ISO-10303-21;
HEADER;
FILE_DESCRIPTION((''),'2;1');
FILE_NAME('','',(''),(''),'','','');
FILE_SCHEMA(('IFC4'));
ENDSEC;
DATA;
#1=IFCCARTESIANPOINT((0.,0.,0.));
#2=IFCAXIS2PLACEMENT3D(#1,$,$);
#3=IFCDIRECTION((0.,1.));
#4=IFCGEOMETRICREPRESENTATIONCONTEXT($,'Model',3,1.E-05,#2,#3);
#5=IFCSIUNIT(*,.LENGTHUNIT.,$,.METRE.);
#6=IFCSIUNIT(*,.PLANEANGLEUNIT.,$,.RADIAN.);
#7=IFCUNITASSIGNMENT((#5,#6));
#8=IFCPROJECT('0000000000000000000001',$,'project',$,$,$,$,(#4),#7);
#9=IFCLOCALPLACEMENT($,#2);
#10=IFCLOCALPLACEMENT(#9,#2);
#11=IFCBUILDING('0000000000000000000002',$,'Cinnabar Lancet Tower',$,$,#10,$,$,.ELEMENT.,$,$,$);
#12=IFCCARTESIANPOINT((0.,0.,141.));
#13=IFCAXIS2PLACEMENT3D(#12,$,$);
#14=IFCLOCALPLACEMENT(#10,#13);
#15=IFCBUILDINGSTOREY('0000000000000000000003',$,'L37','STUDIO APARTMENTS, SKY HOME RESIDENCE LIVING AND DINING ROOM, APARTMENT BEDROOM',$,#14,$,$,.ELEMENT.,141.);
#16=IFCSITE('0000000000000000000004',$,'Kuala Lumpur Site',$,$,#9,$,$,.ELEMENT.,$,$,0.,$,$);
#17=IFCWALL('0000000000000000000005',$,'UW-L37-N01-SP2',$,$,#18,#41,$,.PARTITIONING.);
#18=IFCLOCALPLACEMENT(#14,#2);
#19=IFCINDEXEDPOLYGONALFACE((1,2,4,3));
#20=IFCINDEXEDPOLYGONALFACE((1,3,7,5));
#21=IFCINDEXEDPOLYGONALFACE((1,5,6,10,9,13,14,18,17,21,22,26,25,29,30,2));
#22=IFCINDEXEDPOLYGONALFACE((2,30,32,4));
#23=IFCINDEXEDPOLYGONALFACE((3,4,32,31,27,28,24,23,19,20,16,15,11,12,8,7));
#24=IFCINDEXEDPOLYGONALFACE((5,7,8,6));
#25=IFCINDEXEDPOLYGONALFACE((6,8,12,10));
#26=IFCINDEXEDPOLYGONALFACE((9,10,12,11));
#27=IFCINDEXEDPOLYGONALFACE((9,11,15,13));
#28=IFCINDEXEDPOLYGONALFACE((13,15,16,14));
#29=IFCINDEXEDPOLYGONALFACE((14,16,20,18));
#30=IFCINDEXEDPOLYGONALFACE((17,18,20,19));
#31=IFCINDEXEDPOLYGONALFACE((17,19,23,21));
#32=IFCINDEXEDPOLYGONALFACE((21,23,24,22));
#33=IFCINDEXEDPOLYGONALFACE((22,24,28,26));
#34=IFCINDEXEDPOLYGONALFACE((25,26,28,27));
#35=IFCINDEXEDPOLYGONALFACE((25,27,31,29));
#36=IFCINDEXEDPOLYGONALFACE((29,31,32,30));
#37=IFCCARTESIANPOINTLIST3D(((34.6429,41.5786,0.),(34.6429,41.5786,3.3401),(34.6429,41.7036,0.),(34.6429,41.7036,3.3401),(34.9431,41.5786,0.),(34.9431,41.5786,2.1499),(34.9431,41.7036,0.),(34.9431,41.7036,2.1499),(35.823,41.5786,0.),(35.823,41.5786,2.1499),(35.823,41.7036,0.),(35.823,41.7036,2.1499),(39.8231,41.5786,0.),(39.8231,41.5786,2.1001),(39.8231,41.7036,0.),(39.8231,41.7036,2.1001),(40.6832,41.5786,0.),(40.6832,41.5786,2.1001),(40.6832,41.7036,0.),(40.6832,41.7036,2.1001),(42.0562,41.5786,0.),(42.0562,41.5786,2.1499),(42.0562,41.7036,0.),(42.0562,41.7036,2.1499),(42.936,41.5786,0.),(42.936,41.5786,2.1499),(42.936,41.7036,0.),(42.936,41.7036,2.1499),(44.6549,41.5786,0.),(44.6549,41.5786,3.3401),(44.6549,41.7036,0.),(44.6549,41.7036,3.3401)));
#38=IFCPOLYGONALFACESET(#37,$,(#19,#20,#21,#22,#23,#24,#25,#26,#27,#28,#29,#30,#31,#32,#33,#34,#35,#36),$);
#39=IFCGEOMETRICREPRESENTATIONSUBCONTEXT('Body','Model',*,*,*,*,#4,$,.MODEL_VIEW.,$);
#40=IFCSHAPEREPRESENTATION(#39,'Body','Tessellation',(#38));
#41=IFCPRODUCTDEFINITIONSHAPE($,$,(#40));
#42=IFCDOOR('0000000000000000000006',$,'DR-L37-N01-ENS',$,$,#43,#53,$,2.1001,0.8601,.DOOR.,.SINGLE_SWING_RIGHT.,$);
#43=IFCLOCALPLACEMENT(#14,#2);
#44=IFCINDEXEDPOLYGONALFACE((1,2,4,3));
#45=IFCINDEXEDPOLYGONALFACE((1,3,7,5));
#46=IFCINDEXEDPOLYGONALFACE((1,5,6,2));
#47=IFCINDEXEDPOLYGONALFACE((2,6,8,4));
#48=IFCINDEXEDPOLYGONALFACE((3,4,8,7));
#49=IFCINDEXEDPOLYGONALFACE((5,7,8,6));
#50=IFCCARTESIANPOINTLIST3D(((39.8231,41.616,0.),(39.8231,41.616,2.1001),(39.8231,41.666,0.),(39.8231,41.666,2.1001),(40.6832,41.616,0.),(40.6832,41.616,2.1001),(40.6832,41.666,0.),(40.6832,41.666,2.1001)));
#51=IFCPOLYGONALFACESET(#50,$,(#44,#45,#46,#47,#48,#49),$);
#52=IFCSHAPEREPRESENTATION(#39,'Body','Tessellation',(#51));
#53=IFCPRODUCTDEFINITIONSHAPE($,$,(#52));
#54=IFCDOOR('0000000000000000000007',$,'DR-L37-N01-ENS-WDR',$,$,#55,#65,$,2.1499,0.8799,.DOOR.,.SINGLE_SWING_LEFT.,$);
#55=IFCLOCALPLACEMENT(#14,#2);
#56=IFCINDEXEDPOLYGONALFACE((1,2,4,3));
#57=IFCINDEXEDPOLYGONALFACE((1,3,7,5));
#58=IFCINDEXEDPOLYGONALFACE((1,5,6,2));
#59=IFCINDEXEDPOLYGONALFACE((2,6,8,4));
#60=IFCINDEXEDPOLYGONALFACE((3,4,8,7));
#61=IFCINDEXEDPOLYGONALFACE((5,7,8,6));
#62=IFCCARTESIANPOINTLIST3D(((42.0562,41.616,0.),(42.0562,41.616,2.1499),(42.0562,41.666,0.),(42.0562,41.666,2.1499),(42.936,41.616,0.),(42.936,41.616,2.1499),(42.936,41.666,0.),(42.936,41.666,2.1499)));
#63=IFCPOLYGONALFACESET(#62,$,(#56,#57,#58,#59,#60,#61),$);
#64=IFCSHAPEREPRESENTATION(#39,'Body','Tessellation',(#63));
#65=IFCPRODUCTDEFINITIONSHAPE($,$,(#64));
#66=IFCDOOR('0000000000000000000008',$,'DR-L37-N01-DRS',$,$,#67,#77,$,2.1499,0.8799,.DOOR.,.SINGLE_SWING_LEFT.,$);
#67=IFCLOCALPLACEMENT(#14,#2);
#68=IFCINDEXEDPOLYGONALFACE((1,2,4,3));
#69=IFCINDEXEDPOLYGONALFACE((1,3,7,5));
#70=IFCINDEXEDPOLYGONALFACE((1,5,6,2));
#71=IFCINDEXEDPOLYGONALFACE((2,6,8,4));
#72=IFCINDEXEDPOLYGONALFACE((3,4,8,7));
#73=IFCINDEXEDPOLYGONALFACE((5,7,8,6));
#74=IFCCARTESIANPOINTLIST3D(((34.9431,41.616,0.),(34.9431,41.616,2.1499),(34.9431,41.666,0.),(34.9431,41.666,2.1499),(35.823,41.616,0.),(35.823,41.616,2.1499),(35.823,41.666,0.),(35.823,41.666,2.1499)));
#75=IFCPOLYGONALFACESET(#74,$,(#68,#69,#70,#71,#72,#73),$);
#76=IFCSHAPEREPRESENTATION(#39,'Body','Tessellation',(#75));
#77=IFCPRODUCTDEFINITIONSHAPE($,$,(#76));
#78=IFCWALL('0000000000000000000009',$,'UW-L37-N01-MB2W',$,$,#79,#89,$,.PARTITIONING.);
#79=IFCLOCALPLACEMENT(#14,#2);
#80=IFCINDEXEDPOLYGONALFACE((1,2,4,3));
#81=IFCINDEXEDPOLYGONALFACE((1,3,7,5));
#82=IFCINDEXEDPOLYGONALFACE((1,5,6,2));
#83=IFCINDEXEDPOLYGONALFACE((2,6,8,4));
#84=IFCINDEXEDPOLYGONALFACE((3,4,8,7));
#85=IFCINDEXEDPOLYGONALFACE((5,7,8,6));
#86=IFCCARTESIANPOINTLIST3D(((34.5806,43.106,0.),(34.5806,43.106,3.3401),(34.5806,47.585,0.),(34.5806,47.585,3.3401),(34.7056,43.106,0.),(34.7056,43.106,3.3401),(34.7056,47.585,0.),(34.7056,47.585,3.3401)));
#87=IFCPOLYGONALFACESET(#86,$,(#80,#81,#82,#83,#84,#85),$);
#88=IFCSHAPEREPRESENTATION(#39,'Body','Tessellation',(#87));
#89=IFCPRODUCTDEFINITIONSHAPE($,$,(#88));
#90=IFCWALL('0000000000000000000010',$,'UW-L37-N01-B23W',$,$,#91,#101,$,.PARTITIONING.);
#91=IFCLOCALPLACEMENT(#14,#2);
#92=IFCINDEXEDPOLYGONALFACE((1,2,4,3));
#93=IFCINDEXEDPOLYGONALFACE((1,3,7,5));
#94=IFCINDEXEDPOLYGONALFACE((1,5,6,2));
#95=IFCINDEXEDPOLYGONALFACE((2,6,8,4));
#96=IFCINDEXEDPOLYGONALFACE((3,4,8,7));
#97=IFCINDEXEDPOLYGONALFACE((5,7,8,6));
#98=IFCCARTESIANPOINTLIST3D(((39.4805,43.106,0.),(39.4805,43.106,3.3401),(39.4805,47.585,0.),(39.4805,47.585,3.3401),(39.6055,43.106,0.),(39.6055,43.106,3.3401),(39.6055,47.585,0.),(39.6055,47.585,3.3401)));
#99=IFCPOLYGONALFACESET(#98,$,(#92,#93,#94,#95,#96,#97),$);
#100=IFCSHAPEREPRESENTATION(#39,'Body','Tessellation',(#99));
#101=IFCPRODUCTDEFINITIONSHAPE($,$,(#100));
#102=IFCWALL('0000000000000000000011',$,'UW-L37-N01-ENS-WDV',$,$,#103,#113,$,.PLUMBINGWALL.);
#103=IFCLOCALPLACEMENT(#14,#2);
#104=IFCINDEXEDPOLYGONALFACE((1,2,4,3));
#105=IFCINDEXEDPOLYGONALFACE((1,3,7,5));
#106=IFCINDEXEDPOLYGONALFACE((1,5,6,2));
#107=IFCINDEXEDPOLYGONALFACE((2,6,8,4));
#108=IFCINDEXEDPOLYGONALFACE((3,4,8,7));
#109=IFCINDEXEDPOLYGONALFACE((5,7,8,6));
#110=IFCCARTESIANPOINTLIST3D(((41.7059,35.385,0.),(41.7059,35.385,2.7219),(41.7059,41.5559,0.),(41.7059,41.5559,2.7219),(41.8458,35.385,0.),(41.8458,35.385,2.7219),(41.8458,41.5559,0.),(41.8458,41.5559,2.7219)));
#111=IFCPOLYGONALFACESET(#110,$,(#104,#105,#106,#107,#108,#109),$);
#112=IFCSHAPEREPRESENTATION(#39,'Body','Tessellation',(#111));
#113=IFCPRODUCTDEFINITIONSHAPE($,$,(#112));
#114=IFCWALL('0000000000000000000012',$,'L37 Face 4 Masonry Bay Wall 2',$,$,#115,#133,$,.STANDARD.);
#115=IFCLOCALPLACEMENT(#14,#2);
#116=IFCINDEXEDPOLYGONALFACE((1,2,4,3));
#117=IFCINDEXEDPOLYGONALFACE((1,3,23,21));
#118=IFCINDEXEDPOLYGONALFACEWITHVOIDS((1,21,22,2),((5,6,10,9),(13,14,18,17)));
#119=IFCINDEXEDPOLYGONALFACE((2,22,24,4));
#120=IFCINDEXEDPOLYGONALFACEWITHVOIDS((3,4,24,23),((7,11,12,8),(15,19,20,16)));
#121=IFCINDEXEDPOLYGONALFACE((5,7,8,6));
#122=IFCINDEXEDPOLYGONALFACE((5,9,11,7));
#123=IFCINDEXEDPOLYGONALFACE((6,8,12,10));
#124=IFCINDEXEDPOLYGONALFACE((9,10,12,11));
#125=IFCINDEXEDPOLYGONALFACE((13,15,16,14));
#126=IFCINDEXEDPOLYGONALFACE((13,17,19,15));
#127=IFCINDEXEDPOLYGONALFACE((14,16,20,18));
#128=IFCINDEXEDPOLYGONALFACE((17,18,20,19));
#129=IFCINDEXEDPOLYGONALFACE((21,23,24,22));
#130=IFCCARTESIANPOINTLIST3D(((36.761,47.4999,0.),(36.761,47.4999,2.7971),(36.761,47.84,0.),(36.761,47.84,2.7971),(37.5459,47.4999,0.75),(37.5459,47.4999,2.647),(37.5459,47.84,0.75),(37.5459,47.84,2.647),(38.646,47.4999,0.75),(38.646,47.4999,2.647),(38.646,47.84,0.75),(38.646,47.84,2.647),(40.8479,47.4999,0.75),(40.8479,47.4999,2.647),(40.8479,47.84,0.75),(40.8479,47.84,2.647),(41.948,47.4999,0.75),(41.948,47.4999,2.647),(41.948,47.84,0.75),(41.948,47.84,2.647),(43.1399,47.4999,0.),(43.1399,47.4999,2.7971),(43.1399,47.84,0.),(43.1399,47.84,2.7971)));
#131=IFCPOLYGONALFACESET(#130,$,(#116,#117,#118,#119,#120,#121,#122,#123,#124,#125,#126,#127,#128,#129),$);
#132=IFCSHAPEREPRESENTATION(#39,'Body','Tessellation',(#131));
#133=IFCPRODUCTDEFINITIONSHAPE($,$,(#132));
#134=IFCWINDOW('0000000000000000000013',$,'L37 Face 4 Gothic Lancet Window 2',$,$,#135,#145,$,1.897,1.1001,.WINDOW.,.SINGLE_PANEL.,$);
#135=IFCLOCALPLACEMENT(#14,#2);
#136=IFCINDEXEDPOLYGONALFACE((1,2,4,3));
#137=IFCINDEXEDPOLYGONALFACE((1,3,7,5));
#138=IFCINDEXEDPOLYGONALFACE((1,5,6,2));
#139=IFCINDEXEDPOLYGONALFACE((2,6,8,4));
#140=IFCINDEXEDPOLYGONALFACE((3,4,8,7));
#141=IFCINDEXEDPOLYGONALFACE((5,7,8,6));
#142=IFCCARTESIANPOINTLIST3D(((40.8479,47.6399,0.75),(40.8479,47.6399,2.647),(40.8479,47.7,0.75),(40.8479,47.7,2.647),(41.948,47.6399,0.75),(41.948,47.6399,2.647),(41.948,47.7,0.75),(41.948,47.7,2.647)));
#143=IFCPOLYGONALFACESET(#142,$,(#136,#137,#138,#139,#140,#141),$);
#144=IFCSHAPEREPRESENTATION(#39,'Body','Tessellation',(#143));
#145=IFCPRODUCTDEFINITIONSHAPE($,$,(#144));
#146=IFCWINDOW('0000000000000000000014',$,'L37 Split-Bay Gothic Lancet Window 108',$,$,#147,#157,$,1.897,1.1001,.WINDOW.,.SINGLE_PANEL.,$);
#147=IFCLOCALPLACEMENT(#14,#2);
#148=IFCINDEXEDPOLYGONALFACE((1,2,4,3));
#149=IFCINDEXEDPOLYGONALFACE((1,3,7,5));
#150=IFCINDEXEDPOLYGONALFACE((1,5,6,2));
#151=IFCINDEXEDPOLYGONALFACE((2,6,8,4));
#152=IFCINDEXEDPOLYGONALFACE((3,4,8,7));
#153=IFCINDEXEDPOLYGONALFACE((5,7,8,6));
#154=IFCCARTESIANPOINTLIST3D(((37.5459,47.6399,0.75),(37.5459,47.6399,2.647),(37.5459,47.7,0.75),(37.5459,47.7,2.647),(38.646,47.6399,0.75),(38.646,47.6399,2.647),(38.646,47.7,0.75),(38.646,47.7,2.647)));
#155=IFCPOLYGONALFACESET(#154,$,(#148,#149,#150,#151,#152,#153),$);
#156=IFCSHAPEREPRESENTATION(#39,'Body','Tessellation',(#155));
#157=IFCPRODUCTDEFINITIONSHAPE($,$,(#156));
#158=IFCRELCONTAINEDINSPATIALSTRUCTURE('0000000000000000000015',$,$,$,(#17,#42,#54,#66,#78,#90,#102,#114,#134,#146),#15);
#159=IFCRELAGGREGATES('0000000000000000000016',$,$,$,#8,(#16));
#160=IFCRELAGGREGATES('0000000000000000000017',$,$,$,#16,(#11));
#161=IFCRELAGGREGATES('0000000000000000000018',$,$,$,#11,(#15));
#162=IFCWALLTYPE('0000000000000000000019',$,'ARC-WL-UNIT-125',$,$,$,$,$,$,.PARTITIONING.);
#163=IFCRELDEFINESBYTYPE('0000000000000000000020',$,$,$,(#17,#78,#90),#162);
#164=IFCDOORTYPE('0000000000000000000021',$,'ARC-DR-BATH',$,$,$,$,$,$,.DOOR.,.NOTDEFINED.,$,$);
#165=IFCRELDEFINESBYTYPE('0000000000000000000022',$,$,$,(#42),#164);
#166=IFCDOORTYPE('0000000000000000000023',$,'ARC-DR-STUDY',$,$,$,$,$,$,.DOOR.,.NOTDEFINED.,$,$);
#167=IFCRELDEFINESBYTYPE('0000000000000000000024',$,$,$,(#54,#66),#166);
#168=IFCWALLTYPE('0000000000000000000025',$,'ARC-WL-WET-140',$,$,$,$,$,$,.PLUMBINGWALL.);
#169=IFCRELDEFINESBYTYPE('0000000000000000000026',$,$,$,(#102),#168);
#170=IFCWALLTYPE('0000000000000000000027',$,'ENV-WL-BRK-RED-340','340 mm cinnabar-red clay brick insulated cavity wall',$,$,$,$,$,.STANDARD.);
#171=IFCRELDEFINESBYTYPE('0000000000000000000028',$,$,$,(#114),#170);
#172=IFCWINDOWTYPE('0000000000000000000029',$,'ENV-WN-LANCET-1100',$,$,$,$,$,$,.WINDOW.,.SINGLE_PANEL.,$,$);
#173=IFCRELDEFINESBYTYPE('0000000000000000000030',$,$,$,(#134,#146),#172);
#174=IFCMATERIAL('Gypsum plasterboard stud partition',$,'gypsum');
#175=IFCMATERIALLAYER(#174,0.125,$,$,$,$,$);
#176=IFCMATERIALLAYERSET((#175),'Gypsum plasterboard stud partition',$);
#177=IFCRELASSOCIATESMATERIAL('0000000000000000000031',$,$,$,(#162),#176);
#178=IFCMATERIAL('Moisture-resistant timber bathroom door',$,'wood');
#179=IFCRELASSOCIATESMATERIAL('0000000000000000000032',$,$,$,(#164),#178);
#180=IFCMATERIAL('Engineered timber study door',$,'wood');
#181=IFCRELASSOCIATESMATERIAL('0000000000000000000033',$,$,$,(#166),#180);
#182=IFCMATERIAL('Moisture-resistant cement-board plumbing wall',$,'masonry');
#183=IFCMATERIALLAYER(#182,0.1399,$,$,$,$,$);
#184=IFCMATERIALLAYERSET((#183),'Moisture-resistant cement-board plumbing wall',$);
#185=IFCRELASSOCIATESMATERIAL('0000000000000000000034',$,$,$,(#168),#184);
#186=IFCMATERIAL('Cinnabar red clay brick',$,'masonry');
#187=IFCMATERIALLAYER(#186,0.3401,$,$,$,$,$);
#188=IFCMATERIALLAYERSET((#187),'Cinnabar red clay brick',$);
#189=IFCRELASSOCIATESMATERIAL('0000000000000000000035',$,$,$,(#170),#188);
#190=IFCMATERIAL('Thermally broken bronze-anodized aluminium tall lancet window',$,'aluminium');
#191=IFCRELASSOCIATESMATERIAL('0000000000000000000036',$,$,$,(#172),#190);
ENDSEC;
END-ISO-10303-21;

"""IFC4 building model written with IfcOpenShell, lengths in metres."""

from ifc_helpers import new_model, si_unit, direction, frame, frame_2d, origin, place, context, subcontext, project, spatial, rectangle, extrude, material, layer, layer_set, type_object, element, fill, save


model = new_model("IFC4")

# Units and contexts
model_context = context("Model", 3, precision=1e-05, world=origin(), true_north=direction((0.0, 1.0)))
body_context = subcontext(model_context, "Body", "Model", "MODEL_VIEW")
ifc_project = project(units=[si_unit("LENGTHUNIT", "METRE"), si_unit("PLANEANGLEUNIT", "RADIAN")], contexts=[model_context])

# Site, building, storey
site_placement = place(None, origin())
site = spatial("IfcSite", under=ifc_project, at=site_placement, Name="Kuala Lumpur Site", CompositionType="ELEMENT", RefElevation=0.0)
building_placement = place(site_placement, origin())
building = spatial("IfcBuilding", under=site, at=building_placement, Name="Cinnabar Lancet Tower", CompositionType="ELEMENT")
storey_placement = place(building_placement, frame((0.0, 0.0, 141.0)))
storey = spatial("IfcBuildingStorey", under=building, at=storey_placement, Name="L37", Description="STUDIO APARTMENTS, SKY HOME RESIDENCE LIVING AND DINING ROOM, APARTMENT BEDROOM", CompositionType="ELEMENT", Elevation=141.0)

# Wall, openings, doors
ifc_material_1 = material(Name="Gypsum plasterboard stud partition", Category="gypsum")
ifc_layer_1 = layer(ifc_material_1, 0.125)
ifc_layer_set_1 = layer_set([ifc_layer_1], Name="Gypsum plasterboard stud partition")
wall_type_1 = type_object("IfcWallType", Name="ARC-WL-UNIT-125", PredefinedType="PARTITIONING", material=ifc_layer_set_1)
wall_1_placement = place(storey_placement, frame((34.6431, 41.6411, 0.0), z_axis=(0.0, 0.0, 1.0), x_axis=(1.0, 0.0, 0.0)))
wall_1 = element("IfcWall", 1, at=wall_1_placement, inside=storey, type_object=wall_type_1, Name="UW-L37-N01-SP2", PredefinedType="PARTITIONING", context=body_context, shape_type="SweptSolid", body=[
    extrude(rectangle(XDim=10.012, YDim=0.125, at=frame_2d((5.0059, 0.0))), origin(), (0.0, 0.0, 1.0), 3.3401),
])
opening_1_placement = place(wall_1_placement, frame((5.1799, 0.0, 0.0)))
opening_1 = element("IfcOpeningElement", 2, at=opening_1_placement, cuts=wall_1, PredefinedType="OPENING", context=body_context, shape_type="SweptSolid", body=[
    extrude(rectangle(XDim=0.8601, YDim=2.1001, at=frame_2d((0.4302, 1.05))), frame((0.0, 0.0725, 0.0), z_axis=(0.0, -1.0, 0.0), x_axis=(1.0, 0.0, 0.0)), (0.0, 0.0, 1.0), 0.145),
])
opening_2_placement = place(wall_1_placement, frame((7.4131, 0.0, 0.0)))
opening_2 = element("IfcOpeningElement", 3, at=opening_2_placement, cuts=wall_1, PredefinedType="OPENING", context=body_context, shape_type="SweptSolid", body=[
    extrude(rectangle(XDim=0.8799, YDim=2.1499, at=frame_2d((0.4399, 1.075))), frame((0.0, 0.0725, 0.0), z_axis=(0.0, -1.0, 0.0), x_axis=(1.0, 0.0, 0.0)), (0.0, 0.0, 1.0), 0.145),
])
opening_3_placement = place(wall_1_placement, frame((0.3, 0.0, 0.0)))
opening_3 = element("IfcOpeningElement", 4, at=opening_3_placement, cuts=wall_1, PredefinedType="OPENING", context=body_context, shape_type="SweptSolid", body=[
    extrude(rectangle(XDim=0.8799, YDim=2.1499, at=frame_2d((0.4399, 1.075))), frame((0.0, 0.0725, 0.0), z_axis=(0.0, -1.0, 0.0), x_axis=(1.0, 0.0, 0.0)), (0.0, 0.0, 1.0), 0.145),
])
ifc_material_2 = material(Name="Moisture-resistant timber bathroom door", Category="wood")
door_type_1 = type_object("IfcDoorType", Name="ARC-DR-BATH", OperationType="NOTDEFINED", PredefinedType="DOOR", material=ifc_material_2)
door_1_placement = place(opening_1_placement, origin())
door_1 = element("IfcDoor", 5, at=door_1_placement, inside=storey, type_object=door_type_1, Name="DR-L37-N01-ENS", OperationType="SINGLE_SWING_RIGHT", OverallHeight=2.1001, OverallWidth=0.8601, PredefinedType="DOOR", context=body_context, shape_type="SweptSolid", body=[
    extrude(rectangle(XDim=0.8601, YDim=2.1001, at=frame_2d((0.4302, 1.05))), frame((0.0, 0.0249, 0.0), z_axis=(0.0, -1.0, 0.0), x_axis=(1.0, 0.0, 0.0)), (0.0, 0.0, 1.0), 0.05),
])
fill(opening_1, door_1)
ifc_material_3 = material(Name="Engineered timber study door", Category="wood")
door_type_2 = type_object("IfcDoorType", Name="ARC-DR-STUDY", OperationType="NOTDEFINED", PredefinedType="DOOR", material=ifc_material_3)
door_2_placement = place(opening_2_placement, origin())
door_2 = element("IfcDoor", 6, at=door_2_placement, inside=storey, type_object=door_type_2, Name="DR-L37-N01-ENS-WDR", OperationType="SINGLE_SWING_LEFT", OverallHeight=2.1499, OverallWidth=0.8799, PredefinedType="DOOR", context=body_context, shape_type="SweptSolid", body=[
    extrude(rectangle(XDim=0.8799, YDim=2.1499, at=frame_2d((0.4399, 1.075))), frame((0.0, 0.0249, 0.0), z_axis=(0.0, -1.0, 0.0), x_axis=(1.0, 0.0, 0.0)), (0.0, 0.0, 1.0), 0.05),
])
fill(opening_2, door_2)
door_3_placement = place(opening_3_placement, origin())
door_3 = element("IfcDoor", 7, at=door_3_placement, inside=storey, type_object=door_type_2, Name="DR-L37-N01-DRS", OperationType="SINGLE_SWING_LEFT", OverallHeight=2.1499, OverallWidth=0.8799, PredefinedType="DOOR", context=body_context, shape_type="SweptSolid", body=[
    extrude(rectangle(XDim=0.8799, YDim=2.1499, at=frame_2d((0.4399, 1.075))), frame((0.0, 0.0249, 0.0), z_axis=(0.0, -1.0, 0.0), x_axis=(1.0, 0.0, 0.0)), (0.0, 0.0, 1.0), 0.05),
])
fill(opening_3, door_3)

# Walls
for number, where, z_axis, x_axis, name in (
    (8, (34.6431, 43.106, 0.0), (0.0, 0.0, 1.0), (0.0, 1.0, 0.0), "UW-L37-N01-MB2W"),
    (9, (39.543, 43.106, 0.0), (0.0, 0.0, 1.0), (0.0, 1.0, 0.0), "UW-L37-N01-B23W"),
):
    element("IfcWall", number, at=place(storey_placement, frame(where, z_axis=z_axis, x_axis=x_axis)), inside=storey, type_object=wall_type_1, Name=name, PredefinedType="PARTITIONING", context=body_context, shape_type="SweptSolid", body=[
        extrude(rectangle(XDim=4.479, YDim=0.125, at=frame_2d((2.2395, 0.0))), origin(), (0.0, 0.0, 1.0), 3.3401),
    ])
ifc_material_4 = material(Name="Moisture-resistant cement-board plumbing wall", Category="masonry")
ifc_layer_2 = layer(ifc_material_4, 0.1399)
ifc_layer_set_2 = layer_set([ifc_layer_2], Name="Moisture-resistant cement-board plumbing wall")
wall_type_2 = type_object("IfcWallType", Name="ARC-WL-WET-140", PredefinedType="PLUMBINGWALL", material=ifc_layer_set_2)
wall_2_placement = place(storey_placement, frame((41.7759, 35.385, 0.0), z_axis=(0.0, 0.0, 1.0), x_axis=(0.0, 1.0, 0.0)))
element("IfcWall", 10, at=wall_2_placement, inside=storey, type_object=wall_type_2, Name="UW-L37-N01-ENS-WDV", PredefinedType="PLUMBINGWALL", context=body_context, shape_type="SweptSolid", body=[
    extrude(rectangle(XDim=6.1709, YDim=0.1399, at=frame_2d((3.0854, 0.0))), origin(), (0.0, 0.0, 1.0), 2.7219),
])

# Wall, openings, windows
ifc_material_5 = material(Name="Cinnabar red clay brick", Category="masonry")
ifc_layer_3 = layer(ifc_material_5, 0.3401)
ifc_layer_set_3 = layer_set([ifc_layer_3], Name="Cinnabar red clay brick")
wall_type_3 = type_object("IfcWallType", Name="ENV-WL-BRK-RED-340", Description="340 mm cinnabar-red clay brick insulated cavity wall", PredefinedType="STANDARD", material=ifc_layer_set_3)
wall_3_placement = place(storey_placement, frame((43.1399, 47.6699, 0.0), z_axis=(0.0, 0.0, 1.0), x_axis=(-1.0, 0.0, 0.0)))
wall_3 = element("IfcWall", 11, at=wall_3_placement, inside=storey, type_object=wall_type_3, Name="L37 Face 4 Masonry Bay Wall 2", PredefinedType="STANDARD", context=body_context, shape_type="SweptSolid", body=[
    extrude(rectangle(XDim=6.3789, YDim=0.3401, at=frame_2d((3.1895, 0.0))), origin(), (0.0, 0.0, 1.0), 2.7971),
])
opening_4_placement = place(wall_3_placement, frame((1.1919, 0.0, 0.75)))
opening_4 = element("IfcOpeningElement", 12, at=opening_4_placement, cuts=wall_3, PredefinedType="OPENING", context=body_context, shape_type="SweptSolid", body=[
    extrude(rectangle(XDim=1.1001, YDim=1.897, at=frame_2d((0.55, 0.9485))), frame((0.0, 0.1799, 0.0), z_axis=(0.0, -1.0, 0.0), x_axis=(1.0, 0.0, 0.0)), (0.0, 0.0, 1.0), 0.3601),
])
opening_5_placement = place(wall_3_placement, frame((4.4939, 0.0, 0.75)))
opening_5 = element("IfcOpeningElement", 13, at=opening_5_placement, cuts=wall_3, PredefinedType="OPENING", context=body_context, shape_type="SweptSolid", body=[
    extrude(rectangle(XDim=1.1001, YDim=1.897, at=frame_2d((0.55, 0.9485))), frame((0.0, 0.1799, 0.0), z_axis=(0.0, -1.0, 0.0), x_axis=(1.0, 0.0, 0.0)), (0.0, 0.0, 1.0), 0.3601),
])
ifc_material_6 = material(Name="Thermally broken bronze-anodized aluminium tall lancet window", Category="aluminium")
window_type = type_object("IfcWindowType", Name="ENV-WN-LANCET-1100", PartitioningType="SINGLE_PANEL", PredefinedType="WINDOW", material=ifc_material_6)
window_1_placement = place(opening_4_placement, origin())
window_1 = element("IfcWindow", 14, at=window_1_placement, inside=storey, type_object=window_type, Name="L37 Face 4 Gothic Lancet Window 2", OverallHeight=1.897, OverallWidth=1.1001, PartitioningType="SINGLE_PANEL", PredefinedType="WINDOW", context=body_context, shape_type="SweptSolid", body=[
    extrude(rectangle(XDim=1.1001, YDim=1.897, at=frame_2d((0.55, 0.9485))), frame((0.0, 0.03, 0.0), z_axis=(0.0, -1.0, 0.0), x_axis=(1.0, 0.0, 0.0)), (0.0, 0.0, 1.0), 0.0601),
])
fill(opening_4, window_1)
window_2_placement = place(opening_5_placement, origin())
window_2 = element("IfcWindow", 15, at=window_2_placement, inside=storey, type_object=window_type, Name="L37 Split-Bay Gothic Lancet Window 108", OverallHeight=1.897, OverallWidth=1.1001, PartitioningType="SINGLE_PANEL", PredefinedType="WINDOW", context=body_context, shape_type="SweptSolid", body=[
    extrude(rectangle(XDim=1.1001, YDim=1.897, at=frame_2d((0.55, 0.9485))), frame((0.0, 0.03, 0.0), z_axis=(0.0, -1.0, 0.0), x_axis=(1.0, 0.0, 0.0)), (0.0, 0.0, 1.0), 0.0601),
])
fill(opening_5, window_2)

save(model, "model.ifc")
